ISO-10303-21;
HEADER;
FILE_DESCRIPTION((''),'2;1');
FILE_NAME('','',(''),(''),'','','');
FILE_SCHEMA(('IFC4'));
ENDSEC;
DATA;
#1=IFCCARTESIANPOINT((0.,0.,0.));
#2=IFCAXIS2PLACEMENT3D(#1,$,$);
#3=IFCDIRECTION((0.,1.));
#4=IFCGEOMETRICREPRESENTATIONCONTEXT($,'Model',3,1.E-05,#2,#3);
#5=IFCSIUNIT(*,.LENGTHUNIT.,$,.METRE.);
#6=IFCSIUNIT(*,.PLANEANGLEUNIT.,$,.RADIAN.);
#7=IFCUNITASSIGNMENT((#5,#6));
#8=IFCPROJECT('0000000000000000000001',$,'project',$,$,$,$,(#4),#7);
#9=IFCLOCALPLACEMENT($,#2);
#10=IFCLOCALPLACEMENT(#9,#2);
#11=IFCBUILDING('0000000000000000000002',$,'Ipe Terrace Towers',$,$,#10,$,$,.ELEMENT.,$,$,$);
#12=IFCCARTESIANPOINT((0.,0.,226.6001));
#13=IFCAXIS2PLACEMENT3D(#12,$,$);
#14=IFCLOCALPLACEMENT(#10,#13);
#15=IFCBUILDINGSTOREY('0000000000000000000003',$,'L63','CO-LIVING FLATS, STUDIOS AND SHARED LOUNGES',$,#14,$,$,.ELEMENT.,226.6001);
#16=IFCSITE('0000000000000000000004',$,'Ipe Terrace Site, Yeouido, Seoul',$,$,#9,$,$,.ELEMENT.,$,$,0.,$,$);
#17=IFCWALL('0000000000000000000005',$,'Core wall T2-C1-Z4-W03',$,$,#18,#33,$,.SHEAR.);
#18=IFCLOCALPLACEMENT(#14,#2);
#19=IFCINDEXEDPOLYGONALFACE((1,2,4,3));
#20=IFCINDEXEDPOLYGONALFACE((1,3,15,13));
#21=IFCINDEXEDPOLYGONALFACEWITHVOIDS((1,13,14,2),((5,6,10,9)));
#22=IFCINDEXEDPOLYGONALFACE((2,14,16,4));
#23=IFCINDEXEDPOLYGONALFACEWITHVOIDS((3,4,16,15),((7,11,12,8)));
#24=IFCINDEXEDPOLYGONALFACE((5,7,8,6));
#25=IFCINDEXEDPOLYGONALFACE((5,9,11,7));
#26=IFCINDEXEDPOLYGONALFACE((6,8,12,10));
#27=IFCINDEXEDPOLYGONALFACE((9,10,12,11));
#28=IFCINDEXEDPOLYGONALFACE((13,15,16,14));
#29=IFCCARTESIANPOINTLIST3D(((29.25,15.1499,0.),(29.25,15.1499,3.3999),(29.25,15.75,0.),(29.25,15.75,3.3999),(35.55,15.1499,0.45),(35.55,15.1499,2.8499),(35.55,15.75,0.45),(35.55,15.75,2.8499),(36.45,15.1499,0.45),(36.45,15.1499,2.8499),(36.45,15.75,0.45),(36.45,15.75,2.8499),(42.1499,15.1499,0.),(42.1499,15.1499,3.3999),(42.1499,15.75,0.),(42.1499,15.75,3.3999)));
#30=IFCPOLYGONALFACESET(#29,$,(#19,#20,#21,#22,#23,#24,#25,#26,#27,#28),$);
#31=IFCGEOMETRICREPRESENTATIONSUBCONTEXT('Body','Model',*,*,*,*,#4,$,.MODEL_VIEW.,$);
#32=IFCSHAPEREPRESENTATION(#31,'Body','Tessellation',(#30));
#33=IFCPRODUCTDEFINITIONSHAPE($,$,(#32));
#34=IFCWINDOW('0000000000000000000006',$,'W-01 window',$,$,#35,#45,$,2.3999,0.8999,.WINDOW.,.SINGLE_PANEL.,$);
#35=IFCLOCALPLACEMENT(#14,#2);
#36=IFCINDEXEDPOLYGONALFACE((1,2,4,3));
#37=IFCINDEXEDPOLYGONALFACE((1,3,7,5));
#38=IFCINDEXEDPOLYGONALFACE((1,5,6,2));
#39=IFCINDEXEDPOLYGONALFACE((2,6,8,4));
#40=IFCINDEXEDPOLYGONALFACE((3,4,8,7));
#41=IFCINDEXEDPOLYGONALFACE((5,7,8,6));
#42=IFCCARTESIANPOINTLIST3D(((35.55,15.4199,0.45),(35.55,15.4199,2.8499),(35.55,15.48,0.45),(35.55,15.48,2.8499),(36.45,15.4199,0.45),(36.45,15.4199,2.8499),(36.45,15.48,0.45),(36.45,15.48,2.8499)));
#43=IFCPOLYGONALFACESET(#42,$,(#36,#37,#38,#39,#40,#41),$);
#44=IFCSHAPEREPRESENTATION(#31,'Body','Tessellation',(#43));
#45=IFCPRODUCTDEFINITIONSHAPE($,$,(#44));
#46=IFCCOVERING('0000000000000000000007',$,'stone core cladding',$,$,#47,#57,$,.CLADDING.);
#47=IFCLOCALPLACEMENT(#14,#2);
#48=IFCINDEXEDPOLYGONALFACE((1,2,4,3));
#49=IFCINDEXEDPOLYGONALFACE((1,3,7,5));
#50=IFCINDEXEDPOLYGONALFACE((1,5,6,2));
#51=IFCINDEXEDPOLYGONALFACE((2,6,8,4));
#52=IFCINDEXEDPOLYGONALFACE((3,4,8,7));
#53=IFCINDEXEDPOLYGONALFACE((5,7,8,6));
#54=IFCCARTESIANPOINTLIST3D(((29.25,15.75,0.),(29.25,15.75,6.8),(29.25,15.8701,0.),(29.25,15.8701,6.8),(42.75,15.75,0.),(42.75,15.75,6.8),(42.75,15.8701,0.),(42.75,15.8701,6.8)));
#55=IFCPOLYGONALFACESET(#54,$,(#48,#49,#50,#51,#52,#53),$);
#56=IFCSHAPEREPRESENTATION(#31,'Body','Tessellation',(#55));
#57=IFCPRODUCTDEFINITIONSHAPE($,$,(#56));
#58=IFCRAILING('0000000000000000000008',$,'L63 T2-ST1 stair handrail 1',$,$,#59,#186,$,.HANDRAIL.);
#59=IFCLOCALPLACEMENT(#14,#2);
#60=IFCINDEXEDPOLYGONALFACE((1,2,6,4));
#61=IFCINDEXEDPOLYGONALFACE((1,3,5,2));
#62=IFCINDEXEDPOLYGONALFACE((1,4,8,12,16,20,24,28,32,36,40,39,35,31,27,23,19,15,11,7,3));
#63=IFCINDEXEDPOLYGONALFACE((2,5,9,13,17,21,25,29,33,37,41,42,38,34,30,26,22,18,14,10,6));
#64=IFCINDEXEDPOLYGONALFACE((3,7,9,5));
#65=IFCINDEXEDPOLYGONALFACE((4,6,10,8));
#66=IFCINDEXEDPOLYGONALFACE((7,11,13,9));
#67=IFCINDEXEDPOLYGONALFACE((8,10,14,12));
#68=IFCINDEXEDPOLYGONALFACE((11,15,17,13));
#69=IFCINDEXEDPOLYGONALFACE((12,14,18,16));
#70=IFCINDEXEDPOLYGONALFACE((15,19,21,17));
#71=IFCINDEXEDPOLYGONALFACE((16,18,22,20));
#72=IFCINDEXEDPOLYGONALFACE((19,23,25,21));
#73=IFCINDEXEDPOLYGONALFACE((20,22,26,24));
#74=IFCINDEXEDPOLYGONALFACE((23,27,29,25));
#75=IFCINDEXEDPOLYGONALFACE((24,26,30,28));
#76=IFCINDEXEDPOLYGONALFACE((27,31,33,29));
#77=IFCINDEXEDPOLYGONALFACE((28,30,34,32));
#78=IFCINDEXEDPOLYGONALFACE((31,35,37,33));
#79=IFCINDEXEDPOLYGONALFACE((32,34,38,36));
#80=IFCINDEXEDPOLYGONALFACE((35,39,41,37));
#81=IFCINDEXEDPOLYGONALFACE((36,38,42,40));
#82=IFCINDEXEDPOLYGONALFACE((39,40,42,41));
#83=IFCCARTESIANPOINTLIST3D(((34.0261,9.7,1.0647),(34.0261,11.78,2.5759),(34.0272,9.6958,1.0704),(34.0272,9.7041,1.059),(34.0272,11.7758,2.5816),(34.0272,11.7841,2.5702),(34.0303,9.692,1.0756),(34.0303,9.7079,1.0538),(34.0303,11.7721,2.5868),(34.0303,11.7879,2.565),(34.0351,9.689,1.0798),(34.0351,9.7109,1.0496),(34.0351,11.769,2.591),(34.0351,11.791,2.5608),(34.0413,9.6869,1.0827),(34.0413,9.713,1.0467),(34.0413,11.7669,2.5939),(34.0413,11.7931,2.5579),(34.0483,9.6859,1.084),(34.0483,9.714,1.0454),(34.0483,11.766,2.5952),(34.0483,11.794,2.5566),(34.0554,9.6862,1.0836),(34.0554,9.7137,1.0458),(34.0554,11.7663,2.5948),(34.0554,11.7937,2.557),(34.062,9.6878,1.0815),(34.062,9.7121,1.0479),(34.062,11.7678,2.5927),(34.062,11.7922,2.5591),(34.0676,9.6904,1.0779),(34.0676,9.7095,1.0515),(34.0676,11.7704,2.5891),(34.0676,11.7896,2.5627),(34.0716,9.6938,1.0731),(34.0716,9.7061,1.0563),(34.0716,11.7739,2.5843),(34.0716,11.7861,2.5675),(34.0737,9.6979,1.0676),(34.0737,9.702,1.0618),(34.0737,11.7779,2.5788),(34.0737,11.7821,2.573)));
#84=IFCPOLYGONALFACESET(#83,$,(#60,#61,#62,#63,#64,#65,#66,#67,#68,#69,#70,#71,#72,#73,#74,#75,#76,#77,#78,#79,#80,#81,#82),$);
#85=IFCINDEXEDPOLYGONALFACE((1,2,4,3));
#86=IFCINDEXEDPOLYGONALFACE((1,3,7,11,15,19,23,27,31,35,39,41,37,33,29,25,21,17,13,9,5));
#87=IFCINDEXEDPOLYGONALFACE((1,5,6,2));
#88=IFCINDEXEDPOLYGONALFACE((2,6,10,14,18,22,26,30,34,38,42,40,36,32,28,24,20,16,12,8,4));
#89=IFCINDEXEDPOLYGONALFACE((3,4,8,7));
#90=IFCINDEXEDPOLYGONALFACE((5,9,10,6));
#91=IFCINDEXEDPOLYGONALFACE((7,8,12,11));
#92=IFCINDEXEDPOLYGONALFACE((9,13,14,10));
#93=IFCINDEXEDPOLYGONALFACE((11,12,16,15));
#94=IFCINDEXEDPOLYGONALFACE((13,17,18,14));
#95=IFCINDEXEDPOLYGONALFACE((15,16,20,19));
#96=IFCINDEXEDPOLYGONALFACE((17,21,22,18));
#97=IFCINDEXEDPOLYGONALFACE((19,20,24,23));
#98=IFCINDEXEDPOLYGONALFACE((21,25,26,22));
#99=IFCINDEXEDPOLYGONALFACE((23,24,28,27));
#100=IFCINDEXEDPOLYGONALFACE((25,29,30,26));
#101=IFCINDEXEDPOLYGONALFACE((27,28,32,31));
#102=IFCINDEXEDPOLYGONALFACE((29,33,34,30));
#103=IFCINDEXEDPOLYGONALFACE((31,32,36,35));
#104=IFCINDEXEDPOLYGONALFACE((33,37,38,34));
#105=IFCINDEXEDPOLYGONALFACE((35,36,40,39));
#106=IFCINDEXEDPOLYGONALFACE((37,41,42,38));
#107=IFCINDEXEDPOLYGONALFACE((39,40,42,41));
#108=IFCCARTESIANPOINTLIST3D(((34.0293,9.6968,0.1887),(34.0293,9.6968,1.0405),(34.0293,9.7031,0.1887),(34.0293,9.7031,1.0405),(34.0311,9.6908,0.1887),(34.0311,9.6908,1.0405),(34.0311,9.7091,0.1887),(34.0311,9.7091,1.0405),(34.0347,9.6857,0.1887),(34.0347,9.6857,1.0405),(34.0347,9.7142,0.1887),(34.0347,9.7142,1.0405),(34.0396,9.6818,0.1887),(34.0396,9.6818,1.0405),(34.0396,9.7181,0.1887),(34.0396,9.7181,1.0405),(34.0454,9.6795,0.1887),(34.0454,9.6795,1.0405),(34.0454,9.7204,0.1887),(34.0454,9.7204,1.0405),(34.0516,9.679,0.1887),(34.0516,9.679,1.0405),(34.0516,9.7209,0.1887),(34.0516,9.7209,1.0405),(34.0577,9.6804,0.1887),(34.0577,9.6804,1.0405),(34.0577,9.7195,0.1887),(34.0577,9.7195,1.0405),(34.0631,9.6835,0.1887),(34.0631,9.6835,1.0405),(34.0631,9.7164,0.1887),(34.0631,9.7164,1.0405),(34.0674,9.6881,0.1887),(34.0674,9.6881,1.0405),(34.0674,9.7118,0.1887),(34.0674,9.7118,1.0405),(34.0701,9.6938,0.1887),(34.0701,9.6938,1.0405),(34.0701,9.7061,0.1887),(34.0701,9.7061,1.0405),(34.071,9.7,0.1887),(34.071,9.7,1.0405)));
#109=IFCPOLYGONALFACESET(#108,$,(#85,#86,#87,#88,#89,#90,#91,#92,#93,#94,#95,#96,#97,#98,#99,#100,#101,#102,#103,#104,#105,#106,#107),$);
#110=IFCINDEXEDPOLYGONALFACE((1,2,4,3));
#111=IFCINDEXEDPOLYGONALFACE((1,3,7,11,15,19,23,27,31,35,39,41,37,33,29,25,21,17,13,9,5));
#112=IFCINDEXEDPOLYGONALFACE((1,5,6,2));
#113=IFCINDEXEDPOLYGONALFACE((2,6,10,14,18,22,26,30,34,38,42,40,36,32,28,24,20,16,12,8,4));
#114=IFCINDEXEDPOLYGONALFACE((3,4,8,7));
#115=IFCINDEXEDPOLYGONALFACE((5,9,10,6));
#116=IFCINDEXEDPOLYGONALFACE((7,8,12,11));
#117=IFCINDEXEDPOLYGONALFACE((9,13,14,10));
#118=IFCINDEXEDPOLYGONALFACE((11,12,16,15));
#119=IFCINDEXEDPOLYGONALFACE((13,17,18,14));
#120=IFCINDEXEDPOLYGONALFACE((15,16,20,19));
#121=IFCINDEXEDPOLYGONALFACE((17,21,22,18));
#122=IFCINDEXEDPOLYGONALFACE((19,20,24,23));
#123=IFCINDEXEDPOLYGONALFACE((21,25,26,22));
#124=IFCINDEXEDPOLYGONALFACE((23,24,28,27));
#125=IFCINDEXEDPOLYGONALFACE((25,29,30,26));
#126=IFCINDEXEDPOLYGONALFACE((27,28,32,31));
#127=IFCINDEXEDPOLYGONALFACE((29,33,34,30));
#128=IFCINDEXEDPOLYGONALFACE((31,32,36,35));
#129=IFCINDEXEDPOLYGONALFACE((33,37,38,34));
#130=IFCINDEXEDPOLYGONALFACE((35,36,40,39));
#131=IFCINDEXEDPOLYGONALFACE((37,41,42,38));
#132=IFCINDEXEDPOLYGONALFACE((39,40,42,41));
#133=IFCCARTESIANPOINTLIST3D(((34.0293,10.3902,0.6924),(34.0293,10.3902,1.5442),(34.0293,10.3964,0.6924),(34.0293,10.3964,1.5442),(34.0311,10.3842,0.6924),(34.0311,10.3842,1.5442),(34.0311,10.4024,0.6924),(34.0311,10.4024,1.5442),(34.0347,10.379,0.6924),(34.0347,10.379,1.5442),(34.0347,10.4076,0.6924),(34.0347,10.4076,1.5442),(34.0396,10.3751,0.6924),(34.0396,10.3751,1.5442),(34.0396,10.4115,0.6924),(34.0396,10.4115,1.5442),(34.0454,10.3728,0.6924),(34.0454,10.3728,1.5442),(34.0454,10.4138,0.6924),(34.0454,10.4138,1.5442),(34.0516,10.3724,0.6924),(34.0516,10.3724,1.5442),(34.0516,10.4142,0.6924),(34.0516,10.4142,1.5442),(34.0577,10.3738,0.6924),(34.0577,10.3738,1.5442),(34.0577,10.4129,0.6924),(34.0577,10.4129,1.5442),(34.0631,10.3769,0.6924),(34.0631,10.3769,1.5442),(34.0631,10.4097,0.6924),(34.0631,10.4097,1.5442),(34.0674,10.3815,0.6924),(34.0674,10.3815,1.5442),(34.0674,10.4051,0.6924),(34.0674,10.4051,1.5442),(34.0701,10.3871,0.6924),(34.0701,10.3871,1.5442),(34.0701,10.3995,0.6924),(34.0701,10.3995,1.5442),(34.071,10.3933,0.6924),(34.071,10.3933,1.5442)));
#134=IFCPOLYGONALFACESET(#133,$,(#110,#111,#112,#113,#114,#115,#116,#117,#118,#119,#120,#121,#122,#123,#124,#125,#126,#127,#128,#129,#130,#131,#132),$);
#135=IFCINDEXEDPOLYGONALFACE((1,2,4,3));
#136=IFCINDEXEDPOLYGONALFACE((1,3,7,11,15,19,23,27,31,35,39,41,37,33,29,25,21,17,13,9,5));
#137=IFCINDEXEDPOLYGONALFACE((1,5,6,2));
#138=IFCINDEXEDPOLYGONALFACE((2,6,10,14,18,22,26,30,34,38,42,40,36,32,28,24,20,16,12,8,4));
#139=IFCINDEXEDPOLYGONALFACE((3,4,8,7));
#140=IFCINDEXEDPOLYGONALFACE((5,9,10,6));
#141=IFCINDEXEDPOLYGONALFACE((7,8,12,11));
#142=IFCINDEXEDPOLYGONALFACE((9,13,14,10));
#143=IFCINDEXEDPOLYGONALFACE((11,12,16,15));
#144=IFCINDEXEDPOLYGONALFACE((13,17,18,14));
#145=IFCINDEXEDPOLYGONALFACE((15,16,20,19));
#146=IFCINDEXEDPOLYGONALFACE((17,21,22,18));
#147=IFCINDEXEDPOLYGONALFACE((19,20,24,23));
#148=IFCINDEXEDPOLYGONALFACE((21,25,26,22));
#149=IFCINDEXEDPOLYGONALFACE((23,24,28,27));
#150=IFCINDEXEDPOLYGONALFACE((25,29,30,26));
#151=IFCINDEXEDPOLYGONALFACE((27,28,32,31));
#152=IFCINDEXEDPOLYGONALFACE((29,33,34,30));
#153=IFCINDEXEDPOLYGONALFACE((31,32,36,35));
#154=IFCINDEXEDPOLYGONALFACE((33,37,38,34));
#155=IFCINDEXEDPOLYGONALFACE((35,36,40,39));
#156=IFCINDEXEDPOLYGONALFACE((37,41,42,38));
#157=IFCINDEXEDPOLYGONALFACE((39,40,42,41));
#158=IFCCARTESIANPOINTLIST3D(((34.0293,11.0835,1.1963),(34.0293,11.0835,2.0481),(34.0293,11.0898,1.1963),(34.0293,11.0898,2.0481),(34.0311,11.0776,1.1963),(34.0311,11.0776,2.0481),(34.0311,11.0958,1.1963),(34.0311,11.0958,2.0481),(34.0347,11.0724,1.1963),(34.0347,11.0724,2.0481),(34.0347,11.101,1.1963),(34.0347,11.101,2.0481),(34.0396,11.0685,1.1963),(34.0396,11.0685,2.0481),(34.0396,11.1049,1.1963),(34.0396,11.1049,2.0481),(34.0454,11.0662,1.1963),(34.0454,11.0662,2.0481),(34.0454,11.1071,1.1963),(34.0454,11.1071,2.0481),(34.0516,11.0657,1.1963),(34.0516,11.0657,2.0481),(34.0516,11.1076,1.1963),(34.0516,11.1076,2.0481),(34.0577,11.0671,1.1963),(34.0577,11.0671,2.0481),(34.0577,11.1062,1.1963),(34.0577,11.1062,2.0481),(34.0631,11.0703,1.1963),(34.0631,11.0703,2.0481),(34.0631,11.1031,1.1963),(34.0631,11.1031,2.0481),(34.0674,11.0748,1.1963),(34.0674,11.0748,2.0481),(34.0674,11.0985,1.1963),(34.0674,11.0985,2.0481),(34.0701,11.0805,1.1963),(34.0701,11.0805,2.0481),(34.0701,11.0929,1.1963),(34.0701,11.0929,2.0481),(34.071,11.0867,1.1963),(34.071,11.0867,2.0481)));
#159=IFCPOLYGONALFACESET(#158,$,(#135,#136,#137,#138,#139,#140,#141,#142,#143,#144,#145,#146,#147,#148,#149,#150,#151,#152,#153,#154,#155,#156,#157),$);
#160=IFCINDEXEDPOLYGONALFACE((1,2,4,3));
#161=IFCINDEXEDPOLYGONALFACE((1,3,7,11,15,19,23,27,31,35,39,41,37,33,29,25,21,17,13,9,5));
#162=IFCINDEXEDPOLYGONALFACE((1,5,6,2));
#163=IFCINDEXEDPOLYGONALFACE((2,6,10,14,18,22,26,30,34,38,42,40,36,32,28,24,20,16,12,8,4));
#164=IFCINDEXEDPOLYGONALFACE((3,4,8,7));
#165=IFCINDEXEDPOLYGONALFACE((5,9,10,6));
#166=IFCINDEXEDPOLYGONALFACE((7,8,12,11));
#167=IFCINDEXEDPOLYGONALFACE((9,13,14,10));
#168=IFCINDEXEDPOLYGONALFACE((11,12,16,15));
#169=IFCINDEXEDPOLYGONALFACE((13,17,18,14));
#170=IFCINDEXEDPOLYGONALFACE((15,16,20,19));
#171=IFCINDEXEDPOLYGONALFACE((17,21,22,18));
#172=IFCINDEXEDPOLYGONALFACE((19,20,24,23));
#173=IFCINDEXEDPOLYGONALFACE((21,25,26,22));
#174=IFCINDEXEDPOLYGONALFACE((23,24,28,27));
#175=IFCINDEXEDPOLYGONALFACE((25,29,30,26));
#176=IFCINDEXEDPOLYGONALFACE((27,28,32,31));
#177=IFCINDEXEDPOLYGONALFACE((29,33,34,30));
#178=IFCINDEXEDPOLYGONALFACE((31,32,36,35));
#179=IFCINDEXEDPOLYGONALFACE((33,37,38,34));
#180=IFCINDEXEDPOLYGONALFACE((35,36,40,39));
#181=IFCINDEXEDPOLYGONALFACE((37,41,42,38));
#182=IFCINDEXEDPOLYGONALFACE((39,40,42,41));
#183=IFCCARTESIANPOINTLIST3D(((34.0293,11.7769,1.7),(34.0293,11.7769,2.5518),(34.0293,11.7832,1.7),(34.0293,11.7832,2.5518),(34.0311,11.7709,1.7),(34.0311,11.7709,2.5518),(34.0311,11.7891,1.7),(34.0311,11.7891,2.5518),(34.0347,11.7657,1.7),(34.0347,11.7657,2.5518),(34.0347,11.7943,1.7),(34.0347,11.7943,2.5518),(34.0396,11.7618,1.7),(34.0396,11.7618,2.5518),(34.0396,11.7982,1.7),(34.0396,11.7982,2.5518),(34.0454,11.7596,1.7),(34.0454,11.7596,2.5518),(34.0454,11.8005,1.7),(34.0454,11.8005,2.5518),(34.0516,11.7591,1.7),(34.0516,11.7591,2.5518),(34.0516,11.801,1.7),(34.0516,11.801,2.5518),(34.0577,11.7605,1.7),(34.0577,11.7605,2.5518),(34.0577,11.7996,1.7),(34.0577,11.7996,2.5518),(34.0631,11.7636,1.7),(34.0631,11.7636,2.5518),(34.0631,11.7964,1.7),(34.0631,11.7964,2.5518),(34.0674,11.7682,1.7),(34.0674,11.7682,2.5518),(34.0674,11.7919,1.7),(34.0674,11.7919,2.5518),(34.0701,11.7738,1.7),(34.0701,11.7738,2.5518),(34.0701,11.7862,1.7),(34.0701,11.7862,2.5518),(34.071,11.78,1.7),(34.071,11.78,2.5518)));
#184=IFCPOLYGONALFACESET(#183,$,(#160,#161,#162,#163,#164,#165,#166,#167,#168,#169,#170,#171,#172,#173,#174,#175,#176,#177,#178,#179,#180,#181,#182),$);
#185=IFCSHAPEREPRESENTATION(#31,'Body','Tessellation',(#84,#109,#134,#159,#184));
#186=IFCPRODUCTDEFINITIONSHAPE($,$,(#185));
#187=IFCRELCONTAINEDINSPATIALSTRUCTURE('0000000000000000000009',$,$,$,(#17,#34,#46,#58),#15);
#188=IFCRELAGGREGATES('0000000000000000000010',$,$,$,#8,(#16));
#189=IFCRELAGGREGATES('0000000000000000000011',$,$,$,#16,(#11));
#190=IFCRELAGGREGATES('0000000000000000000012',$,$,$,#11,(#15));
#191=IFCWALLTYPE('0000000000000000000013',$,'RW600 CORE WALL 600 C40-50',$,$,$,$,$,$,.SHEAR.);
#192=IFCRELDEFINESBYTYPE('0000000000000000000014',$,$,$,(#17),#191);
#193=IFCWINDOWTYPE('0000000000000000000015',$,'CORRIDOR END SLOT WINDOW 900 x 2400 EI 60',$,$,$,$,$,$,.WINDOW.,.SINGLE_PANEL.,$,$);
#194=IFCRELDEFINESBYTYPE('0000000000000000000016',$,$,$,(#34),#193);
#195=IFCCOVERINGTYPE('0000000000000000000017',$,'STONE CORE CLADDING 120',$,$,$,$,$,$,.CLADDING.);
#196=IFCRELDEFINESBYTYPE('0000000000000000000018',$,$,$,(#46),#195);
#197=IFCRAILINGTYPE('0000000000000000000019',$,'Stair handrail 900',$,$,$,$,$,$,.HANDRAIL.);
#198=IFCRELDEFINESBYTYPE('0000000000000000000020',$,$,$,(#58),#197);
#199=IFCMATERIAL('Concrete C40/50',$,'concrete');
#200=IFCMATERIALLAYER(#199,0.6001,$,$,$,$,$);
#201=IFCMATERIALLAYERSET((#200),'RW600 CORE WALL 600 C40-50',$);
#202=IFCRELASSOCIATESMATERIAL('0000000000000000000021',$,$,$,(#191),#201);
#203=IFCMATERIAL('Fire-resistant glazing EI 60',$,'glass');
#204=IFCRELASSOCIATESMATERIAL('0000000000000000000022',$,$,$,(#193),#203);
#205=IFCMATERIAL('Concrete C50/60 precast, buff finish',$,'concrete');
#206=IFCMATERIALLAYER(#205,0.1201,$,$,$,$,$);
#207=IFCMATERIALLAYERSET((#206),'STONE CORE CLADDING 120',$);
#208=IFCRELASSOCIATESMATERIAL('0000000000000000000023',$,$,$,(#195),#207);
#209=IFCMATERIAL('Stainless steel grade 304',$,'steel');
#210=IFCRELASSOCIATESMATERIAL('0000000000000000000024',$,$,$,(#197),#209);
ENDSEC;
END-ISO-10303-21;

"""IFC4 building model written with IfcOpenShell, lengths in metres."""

from ifc_helpers import new_model, si_unit, direction, frame, frame_2d, origin, origin_2d, place, context, subcontext, project, spatial, rectangle, circle, extrude, material, layer, layer_set, type_object, element, fill, save


model = new_model("IFC4")

# Units and contexts
model_context = context("Model", 3, precision=1e-05, world=origin(), true_north=direction((0.0, 1.0)))
body_context = subcontext(model_context, "Body", "Model", "MODEL_VIEW")
ifc_project = project(units=[si_unit("LENGTHUNIT", "METRE"), si_unit("PLANEANGLEUNIT", "RADIAN")], contexts=[model_context])

# Site, building, storey
site_placement = place(None, origin())
site = spatial("IfcSite", under=ifc_project, at=site_placement, Name="Ipe Terrace Site, Yeouido, Seoul", CompositionType="ELEMENT", RefElevation=0.0)
building_placement = place(site_placement, origin())
building = spatial("IfcBuilding", under=site, at=building_placement, Name="Ipe Terrace Towers", CompositionType="ELEMENT")
storey_placement = place(building_placement, frame((0.0, 0.0, 226.6001)))
storey = spatial("IfcBuildingStorey", under=building, at=storey_placement, Name="L63", Description="CO-LIVING FLATS, STUDIOS AND SHARED LOUNGES", CompositionType="ELEMENT", Elevation=226.6001)

# Wall, opening, window
ifc_material_1 = material(Name="Concrete C40/50", Category="concrete")
ifc_layer_1 = layer(ifc_material_1, 0.6001)
ifc_layer_set_1 = layer_set([ifc_layer_1], Name="RW600 CORE WALL 600 C40-50")
wall_type_1 = type_object("IfcWallType", Name="RW600 CORE WALL 600 C40-50", PredefinedType="SHEAR", material=ifc_layer_set_1)
wall_1_placement = place(storey_placement, frame((42.1499, 15.45, 0.0), z_axis=(0.0, 0.0, 1.0), x_axis=(-1.0, 0.0, 0.0)))
wall_1 = element("IfcWall", 1, at=wall_1_placement, inside=storey, type_object=wall_type_1, Name="Core wall T2-C1-Z4-W03", PredefinedType="SHEAR", context=body_context, shape_type="SweptSolid", body=[
    extrude(rectangle(XDim=12.8999, YDim=0.6001, at=frame_2d((6.45, 0.0))), origin(), (0.0, 0.0, 1.0), 3.3999),
])
opening_1_placement = place(wall_1_placement, frame((5.7, 0.0, 0.45)))
opening_1 = element("IfcOpeningElement", 2, at=opening_1_placement, cuts=wall_1, PredefinedType="OPENING", context=body_context, shape_type="SweptSolid", body=[
    extrude(rectangle(XDim=0.8999, YDim=2.3999, at=frame_2d((0.45, 1.2))), frame((0.0, 0.3101, 0.0), z_axis=(0.0, -1.0, 0.0), x_axis=(1.0, 0.0, 0.0)), (0.0, 0.0, 1.0), 0.6201),
])
ifc_material_2 = material(Name="Fire-resistant glazing EI 60", Category="glass")
window_type = type_object("IfcWindowType", Name="CORRIDOR END SLOT WINDOW 900 x 2400 EI 60", PartitioningType="SINGLE_PANEL", PredefinedType="WINDOW", material=ifc_material_2)
window_placement = place(opening_1_placement, origin())
window = element("IfcWindow", 3, at=window_placement, inside=storey, type_object=window_type, Name="W-01 window", OverallHeight=2.3999, OverallWidth=0.8999, PartitioningType="SINGLE_PANEL", PredefinedType="WINDOW", context=body_context, shape_type="SweptSolid", body=[
    extrude(rectangle(XDim=0.8999, YDim=2.3999, at=frame_2d((0.45, 1.2))), frame((0.0, 0.03, 0.0), z_axis=(0.0, -1.0, 0.0), x_axis=(1.0, 0.0, 0.0)), (0.0, 0.0, 1.0), 0.0601),
])
fill(opening_1, window)

# Covering
ifc_material_3 = material(Name="Concrete C50/60 precast, buff finish", Category="concrete")
ifc_layer_2 = layer(ifc_material_3, 0.1201)
ifc_layer_set_2 = layer_set([ifc_layer_2], Name="STONE CORE CLADDING 120")
covering_type = type_object("IfcCoveringType", Name="STONE CORE CLADDING 120", PredefinedType="CLADDING", material=ifc_layer_set_2)
covering_placement = place(storey_placement, frame((36.0, 15.8101, 0.0), z_axis=(0.0, 0.0, 1.0), x_axis=(-1.0, 0.0, 0.0)))
element("IfcCovering", 4, at=covering_placement, inside=storey, type_object=covering_type, Name="stone core cladding", PredefinedType="CLADDING", context=body_context, shape_type="SweptSolid", body=[
    extrude(rectangle(XDim=13.5, YDim=0.1201, at=origin_2d()), origin(), (0.0, 0.0, 1.0), 6.8),
])

# Railing
ifc_material_4 = material(Name="Stainless steel grade 304", Category="steel")
railing_type_1 = type_object("IfcRailingType", Name="Stair handrail 900", PredefinedType="HANDRAIL", material=ifc_material_4)
railing_1_placement = place(storey_placement, frame((34.05, 9.7, 0.1887)))
element("IfcRailing", 5, at=railing_1_placement, inside=storey, type_object=railing_type_1, Name="L63 T2-ST1 stair handrail 1", PredefinedType="HANDRAIL", context=body_context, shape_type="SweptSolid", body=[
    extrude(circle(Radius=0.0239, at=origin_2d()), frame((0.0, 0.0, 0.876), z_axis=(0.0, 0.809023, 0.587776), x_axis=(-1.0, 0.0, 0.0)), (0.0, 0.0, 1.0), 2.571),
    extrude(circle(Radius=0.021, at=origin_2d()), origin(), (0.0, 0.0, 1.0), 0.8518),
    extrude(circle(Radius=0.021, at=origin_2d()), frame((0.0, 0.6934, 0.5037)), (0.0, 0.0, 1.0), 0.8518),
    extrude(circle(Radius=0.021, at=origin_2d()), frame((0.0, 1.3867, 1.0076)), (0.0, 0.0, 1.0), 0.8518),
    extrude(circle(Radius=0.021, at=origin_2d()), frame((0.0, 2.0801, 1.5112)), (0.0, 0.0, 1.0), 0.8518),
])

save(model, "model.ifc")
